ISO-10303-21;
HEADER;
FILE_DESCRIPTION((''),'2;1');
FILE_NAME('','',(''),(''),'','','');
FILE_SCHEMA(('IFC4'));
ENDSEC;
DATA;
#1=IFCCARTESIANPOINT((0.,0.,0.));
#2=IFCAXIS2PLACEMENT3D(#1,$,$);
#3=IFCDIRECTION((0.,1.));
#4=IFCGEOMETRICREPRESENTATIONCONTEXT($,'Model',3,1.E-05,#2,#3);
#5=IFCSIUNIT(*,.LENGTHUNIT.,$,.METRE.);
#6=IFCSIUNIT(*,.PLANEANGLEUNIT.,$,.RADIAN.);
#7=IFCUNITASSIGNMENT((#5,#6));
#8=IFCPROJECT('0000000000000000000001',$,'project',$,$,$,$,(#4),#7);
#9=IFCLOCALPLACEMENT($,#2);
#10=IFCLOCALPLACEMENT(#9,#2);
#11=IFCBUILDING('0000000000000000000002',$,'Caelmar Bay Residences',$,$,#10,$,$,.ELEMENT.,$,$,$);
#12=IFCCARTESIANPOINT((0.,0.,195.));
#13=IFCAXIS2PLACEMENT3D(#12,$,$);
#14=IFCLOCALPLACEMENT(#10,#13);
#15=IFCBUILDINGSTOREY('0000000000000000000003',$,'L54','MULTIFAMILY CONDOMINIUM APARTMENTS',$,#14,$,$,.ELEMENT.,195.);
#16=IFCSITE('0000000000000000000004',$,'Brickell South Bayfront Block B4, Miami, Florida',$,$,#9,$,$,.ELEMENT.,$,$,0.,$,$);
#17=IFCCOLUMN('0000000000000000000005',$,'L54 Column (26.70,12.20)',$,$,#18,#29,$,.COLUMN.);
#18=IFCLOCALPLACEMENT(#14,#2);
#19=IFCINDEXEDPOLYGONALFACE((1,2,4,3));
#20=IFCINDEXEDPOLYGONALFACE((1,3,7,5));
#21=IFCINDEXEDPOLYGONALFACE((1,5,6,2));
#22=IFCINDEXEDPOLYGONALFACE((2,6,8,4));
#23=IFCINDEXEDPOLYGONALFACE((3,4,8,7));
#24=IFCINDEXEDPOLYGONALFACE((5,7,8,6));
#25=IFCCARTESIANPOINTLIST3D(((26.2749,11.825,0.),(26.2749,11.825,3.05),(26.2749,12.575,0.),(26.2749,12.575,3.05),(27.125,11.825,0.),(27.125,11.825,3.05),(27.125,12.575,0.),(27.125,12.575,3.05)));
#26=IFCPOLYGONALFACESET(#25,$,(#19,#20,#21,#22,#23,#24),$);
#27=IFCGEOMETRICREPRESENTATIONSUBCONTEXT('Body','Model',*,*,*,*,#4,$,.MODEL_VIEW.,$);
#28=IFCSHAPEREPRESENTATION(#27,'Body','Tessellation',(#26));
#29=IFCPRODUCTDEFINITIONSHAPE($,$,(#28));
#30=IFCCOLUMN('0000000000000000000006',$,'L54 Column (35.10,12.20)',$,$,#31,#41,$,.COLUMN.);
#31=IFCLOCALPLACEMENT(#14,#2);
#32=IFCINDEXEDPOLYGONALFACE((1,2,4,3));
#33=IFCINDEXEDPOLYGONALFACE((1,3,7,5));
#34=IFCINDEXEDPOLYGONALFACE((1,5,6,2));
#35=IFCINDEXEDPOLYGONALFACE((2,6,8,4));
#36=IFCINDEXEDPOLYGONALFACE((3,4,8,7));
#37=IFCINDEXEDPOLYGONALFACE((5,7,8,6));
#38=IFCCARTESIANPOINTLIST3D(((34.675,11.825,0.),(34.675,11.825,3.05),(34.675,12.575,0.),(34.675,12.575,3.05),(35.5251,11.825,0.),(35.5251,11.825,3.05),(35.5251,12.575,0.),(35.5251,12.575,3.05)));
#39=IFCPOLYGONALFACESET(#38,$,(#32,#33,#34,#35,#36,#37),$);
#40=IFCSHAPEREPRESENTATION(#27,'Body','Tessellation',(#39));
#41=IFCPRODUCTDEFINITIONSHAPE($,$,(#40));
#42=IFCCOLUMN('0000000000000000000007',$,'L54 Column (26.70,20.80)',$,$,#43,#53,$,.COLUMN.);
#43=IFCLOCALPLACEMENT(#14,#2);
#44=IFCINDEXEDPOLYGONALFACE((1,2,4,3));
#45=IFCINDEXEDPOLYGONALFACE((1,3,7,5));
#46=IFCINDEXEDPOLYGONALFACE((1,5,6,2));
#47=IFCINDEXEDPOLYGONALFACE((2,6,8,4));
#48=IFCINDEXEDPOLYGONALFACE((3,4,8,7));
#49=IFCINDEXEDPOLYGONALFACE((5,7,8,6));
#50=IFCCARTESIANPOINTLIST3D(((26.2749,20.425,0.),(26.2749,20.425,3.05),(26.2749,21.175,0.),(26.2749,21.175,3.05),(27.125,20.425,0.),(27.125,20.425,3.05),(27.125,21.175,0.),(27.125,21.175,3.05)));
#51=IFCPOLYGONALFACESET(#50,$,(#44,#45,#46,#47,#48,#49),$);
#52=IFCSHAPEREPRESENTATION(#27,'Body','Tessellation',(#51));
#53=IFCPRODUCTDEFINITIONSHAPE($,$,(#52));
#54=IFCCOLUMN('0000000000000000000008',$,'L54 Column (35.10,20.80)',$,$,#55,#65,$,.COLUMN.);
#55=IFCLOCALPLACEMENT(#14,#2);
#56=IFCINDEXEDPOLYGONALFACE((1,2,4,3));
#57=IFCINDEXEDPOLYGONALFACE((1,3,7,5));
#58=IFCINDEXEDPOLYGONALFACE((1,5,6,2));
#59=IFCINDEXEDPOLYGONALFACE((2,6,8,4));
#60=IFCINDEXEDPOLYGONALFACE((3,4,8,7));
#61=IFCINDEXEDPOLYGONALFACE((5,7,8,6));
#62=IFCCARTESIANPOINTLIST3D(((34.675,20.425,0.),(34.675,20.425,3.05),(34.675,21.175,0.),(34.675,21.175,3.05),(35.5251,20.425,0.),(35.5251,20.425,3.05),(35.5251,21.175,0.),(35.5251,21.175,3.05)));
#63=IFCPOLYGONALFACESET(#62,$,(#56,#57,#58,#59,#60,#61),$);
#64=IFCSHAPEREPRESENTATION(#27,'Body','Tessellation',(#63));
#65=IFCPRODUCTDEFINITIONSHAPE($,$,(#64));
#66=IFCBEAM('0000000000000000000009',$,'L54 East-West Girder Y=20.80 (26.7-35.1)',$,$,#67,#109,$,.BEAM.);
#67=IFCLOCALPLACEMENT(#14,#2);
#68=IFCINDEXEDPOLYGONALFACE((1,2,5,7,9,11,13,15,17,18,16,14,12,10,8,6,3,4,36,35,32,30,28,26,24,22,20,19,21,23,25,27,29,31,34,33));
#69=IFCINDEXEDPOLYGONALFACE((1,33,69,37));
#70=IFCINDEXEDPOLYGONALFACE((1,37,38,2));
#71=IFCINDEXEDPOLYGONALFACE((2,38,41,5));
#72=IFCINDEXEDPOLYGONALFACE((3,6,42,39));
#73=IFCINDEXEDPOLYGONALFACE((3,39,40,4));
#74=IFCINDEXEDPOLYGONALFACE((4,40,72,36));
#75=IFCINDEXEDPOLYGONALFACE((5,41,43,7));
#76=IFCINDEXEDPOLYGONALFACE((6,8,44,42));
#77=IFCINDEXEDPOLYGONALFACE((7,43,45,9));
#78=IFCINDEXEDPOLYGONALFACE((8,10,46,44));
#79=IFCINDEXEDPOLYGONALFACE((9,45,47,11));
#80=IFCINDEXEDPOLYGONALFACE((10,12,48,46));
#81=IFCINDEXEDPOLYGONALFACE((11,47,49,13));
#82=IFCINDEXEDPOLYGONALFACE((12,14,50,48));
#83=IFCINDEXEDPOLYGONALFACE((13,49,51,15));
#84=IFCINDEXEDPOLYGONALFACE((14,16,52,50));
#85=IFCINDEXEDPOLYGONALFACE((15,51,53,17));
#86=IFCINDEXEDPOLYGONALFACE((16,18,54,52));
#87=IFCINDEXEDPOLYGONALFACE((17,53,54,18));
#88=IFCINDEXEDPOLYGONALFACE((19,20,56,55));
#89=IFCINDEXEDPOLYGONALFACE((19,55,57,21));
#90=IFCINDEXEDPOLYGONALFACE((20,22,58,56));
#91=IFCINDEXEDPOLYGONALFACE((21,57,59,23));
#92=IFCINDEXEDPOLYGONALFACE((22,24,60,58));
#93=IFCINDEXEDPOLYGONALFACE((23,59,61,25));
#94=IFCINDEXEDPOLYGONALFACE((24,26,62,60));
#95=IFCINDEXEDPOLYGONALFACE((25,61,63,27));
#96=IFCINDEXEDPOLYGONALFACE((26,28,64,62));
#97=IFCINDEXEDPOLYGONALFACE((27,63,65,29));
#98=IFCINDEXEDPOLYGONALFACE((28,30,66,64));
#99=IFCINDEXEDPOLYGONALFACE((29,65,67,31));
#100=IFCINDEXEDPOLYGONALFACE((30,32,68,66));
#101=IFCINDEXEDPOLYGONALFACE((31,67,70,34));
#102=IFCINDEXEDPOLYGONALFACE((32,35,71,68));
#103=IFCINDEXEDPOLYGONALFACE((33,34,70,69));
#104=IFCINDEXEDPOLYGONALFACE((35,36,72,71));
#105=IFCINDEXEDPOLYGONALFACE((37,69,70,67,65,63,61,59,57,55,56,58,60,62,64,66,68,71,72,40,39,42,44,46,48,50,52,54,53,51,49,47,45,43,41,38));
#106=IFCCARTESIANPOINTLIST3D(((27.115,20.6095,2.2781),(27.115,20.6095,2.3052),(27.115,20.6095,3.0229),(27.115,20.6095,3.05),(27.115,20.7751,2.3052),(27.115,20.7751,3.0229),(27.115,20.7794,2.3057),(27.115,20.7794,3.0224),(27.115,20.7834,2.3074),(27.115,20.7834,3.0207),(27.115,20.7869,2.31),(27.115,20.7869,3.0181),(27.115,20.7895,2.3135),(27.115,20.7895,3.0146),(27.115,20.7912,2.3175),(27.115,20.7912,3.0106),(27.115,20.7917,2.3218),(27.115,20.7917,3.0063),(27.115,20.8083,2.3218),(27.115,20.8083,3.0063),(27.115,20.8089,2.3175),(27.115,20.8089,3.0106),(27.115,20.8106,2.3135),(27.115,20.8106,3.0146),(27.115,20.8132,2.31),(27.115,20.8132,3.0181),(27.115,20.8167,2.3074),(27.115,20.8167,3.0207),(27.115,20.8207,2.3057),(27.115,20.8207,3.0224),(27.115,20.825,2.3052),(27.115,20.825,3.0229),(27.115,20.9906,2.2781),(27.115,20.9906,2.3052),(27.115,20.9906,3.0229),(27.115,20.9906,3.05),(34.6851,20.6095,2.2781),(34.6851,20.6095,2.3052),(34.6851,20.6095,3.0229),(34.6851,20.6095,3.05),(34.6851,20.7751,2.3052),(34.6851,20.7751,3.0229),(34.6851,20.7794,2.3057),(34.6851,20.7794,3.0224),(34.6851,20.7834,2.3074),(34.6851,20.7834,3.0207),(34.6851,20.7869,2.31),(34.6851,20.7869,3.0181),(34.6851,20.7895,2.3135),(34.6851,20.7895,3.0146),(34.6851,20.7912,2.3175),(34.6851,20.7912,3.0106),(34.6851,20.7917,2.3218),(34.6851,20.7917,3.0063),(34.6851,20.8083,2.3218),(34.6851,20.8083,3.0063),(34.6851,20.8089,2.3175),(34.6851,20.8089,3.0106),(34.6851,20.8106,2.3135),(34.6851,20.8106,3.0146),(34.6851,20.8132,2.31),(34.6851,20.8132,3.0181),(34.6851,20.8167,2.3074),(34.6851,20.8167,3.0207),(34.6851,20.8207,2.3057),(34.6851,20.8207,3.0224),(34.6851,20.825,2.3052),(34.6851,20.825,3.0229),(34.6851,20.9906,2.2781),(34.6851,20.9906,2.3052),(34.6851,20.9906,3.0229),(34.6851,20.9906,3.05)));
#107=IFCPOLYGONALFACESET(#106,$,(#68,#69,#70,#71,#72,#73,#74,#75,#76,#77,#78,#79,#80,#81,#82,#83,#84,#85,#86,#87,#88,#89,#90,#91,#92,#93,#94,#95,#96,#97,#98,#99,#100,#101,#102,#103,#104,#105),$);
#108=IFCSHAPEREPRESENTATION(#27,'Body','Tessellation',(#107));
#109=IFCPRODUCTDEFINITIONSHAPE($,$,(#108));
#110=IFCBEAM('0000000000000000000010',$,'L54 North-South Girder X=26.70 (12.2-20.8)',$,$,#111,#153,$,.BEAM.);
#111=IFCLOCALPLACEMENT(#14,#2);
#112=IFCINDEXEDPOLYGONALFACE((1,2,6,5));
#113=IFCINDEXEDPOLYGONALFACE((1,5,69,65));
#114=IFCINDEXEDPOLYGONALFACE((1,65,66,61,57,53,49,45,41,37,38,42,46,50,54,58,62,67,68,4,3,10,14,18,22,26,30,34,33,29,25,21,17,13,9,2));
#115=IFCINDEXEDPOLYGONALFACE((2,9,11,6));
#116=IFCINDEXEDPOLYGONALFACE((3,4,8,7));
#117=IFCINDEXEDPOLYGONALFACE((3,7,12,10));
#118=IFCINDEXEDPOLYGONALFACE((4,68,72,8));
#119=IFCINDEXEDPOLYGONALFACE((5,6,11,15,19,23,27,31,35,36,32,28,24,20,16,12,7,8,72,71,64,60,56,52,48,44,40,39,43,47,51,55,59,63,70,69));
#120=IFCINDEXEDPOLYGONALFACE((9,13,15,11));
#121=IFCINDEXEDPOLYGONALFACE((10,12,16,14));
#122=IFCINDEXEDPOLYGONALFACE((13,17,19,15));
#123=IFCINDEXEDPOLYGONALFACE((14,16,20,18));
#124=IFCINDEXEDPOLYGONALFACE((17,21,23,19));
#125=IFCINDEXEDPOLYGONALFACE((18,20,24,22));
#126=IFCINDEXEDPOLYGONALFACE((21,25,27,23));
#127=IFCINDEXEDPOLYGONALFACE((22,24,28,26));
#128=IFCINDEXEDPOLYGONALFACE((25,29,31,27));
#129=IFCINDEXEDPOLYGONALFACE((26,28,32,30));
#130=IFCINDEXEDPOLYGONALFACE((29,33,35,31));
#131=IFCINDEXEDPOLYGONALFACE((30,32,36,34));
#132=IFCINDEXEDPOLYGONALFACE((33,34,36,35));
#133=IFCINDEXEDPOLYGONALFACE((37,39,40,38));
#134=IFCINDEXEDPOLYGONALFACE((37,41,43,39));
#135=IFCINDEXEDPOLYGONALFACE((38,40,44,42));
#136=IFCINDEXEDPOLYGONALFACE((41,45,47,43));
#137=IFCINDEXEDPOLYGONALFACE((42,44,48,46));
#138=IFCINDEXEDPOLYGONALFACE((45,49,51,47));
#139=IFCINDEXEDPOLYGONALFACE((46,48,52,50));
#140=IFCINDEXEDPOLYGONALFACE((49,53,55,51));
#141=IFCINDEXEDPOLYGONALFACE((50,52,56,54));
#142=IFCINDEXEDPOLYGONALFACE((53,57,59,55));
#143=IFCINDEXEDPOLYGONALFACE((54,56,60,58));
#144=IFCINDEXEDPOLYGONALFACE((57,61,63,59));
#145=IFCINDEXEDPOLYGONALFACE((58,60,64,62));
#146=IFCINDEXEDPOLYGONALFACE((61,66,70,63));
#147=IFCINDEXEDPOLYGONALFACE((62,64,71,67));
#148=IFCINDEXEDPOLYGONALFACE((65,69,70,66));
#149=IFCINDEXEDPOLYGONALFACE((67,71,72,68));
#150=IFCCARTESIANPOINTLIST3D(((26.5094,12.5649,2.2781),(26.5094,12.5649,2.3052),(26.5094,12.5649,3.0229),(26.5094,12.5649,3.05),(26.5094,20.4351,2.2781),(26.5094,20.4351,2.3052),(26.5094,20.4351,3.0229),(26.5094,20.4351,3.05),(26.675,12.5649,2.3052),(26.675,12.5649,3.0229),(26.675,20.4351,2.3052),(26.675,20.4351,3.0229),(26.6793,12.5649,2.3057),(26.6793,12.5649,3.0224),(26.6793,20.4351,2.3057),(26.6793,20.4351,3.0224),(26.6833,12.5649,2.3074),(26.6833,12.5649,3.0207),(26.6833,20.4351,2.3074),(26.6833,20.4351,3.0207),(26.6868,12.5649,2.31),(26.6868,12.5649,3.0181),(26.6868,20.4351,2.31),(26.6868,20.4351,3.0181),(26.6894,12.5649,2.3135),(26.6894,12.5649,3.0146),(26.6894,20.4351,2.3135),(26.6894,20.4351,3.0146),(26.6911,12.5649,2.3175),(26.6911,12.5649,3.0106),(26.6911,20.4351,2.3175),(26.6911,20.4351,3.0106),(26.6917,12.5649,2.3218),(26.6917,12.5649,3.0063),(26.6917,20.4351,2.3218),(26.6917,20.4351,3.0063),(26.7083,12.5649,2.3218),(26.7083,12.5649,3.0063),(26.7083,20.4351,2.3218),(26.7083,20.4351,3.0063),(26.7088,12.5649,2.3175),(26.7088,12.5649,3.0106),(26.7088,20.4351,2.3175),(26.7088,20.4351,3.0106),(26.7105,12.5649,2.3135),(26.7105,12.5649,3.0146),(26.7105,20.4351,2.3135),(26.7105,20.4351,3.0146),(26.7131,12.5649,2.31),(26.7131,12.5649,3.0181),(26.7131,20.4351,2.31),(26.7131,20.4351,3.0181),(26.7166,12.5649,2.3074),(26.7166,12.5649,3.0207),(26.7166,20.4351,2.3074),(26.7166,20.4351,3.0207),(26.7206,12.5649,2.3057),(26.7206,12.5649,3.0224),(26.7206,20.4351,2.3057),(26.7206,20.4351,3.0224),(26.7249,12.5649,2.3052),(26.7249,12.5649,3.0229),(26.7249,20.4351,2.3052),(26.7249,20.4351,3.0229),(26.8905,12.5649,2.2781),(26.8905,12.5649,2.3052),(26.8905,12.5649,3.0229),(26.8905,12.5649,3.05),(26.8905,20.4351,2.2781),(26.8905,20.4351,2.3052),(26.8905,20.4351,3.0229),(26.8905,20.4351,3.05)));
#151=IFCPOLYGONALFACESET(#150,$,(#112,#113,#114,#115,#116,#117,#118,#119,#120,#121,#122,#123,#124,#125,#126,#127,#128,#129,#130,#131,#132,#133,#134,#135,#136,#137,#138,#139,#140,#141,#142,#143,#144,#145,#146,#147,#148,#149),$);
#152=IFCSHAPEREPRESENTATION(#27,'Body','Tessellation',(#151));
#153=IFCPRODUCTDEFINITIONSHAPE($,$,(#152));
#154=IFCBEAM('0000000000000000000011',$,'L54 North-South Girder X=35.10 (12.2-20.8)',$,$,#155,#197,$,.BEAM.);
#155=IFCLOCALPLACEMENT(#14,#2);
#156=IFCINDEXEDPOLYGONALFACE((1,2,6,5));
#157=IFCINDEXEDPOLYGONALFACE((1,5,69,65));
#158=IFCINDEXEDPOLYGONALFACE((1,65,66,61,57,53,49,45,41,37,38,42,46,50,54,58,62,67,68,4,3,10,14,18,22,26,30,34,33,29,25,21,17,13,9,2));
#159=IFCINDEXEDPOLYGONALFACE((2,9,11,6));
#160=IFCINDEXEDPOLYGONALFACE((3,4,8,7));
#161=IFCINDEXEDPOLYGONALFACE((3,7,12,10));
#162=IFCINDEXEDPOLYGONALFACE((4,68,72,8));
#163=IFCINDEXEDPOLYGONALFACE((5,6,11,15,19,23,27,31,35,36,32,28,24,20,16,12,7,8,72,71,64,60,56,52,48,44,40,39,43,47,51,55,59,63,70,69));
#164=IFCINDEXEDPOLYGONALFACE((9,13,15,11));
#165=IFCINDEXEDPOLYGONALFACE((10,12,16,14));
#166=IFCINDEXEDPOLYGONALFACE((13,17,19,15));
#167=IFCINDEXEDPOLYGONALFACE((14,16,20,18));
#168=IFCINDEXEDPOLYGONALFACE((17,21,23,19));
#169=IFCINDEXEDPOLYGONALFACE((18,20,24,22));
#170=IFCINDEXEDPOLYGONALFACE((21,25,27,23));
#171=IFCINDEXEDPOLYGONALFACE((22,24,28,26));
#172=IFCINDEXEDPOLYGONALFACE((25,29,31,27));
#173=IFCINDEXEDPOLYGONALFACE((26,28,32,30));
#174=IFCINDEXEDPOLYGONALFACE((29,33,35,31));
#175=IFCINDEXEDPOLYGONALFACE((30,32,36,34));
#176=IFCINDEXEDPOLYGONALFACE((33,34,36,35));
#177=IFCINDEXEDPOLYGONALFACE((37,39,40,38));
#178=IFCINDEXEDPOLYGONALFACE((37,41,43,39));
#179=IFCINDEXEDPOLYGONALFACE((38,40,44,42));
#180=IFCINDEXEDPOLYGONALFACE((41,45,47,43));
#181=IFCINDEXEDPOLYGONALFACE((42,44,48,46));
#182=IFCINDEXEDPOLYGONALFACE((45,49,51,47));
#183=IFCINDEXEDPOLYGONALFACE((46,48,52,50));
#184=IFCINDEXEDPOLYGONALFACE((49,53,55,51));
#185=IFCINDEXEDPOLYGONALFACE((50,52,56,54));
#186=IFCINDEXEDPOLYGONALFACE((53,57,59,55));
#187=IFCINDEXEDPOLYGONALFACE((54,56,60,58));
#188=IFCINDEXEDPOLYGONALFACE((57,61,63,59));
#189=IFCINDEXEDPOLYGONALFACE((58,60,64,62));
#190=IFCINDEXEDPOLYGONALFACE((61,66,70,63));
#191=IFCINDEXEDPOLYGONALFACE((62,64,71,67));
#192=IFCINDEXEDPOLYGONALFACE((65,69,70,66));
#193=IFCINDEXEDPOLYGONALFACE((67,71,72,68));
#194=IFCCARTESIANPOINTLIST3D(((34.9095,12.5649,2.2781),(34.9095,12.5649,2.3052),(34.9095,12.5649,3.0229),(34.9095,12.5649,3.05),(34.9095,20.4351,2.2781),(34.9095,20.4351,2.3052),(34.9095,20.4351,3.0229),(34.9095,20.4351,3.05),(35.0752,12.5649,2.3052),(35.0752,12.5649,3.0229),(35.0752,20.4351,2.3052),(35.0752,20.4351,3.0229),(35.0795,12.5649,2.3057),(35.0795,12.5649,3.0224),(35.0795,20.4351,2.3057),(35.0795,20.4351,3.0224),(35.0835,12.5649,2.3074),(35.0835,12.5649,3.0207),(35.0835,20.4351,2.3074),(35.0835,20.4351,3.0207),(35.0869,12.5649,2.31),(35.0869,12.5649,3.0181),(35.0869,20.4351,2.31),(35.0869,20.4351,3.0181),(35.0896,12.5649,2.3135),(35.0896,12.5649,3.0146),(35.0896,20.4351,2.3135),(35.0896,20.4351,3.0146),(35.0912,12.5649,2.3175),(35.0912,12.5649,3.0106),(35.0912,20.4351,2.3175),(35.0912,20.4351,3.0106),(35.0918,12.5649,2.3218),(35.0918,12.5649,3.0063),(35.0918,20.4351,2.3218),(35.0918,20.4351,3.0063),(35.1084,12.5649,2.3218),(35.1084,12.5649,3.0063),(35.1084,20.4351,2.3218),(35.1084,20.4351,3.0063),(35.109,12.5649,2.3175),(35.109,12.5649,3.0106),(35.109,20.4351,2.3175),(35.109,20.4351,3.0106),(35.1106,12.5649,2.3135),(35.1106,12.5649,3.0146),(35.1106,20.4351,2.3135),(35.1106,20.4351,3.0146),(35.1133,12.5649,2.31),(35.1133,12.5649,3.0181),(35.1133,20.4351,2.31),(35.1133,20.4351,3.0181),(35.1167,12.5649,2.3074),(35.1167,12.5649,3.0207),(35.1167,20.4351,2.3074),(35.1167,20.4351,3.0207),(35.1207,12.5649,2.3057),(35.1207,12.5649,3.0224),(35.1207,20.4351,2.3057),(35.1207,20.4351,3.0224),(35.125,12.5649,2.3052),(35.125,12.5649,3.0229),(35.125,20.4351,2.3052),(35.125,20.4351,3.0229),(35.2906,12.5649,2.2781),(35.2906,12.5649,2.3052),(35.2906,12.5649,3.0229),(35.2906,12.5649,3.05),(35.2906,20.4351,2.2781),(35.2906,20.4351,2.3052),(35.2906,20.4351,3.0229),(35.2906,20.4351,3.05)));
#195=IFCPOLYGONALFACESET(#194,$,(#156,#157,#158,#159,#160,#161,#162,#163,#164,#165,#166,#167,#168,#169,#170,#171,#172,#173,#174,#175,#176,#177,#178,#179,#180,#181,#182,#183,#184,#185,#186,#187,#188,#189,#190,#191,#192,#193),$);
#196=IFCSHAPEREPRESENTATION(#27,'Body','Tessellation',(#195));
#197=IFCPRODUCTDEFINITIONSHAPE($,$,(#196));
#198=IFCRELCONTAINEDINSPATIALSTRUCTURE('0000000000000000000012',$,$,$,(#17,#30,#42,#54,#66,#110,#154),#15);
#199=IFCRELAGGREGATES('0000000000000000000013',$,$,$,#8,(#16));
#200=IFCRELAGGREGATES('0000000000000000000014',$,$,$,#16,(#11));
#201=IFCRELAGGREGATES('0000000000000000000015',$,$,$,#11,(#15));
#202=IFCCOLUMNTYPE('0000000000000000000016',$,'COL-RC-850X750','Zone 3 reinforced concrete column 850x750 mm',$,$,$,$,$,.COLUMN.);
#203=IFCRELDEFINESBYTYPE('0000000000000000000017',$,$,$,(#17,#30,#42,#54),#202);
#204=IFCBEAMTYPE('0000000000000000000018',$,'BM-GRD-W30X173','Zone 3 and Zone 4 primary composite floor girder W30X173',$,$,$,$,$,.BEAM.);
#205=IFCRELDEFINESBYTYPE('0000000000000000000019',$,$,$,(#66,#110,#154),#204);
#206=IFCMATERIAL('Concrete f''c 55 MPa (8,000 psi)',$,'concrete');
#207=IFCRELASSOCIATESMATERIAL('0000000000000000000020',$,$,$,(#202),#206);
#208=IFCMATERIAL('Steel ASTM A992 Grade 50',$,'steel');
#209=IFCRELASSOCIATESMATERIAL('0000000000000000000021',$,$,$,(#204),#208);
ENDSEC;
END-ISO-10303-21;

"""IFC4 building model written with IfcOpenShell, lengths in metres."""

from ifc_helpers import new_model, si_unit, direction, frame, origin, origin_2d, place, context, subcontext, project, spatial, rectangle, i_section, extrude, material, material_profile, profile_set, type_object, element, save


model = new_model("IFC4")

# Units and contexts
model_context = context("Model", 3, precision=1e-05, world=origin(), true_north=direction((0.0, 1.0)))
body_context = subcontext(model_context, "Body", "Model", "MODEL_VIEW")
ifc_project = project(units=[si_unit("LENGTHUNIT", "METRE"), si_unit("PLANEANGLEUNIT", "RADIAN")], contexts=[model_context])

# Site, building, storey
site_placement = place(None, origin())
site = spatial("IfcSite", under=ifc_project, at=site_placement, Name="Brickell South Bayfront Block B4, Miami, Florida", CompositionType="ELEMENT", RefElevation=0.0)
building_placement = place(site_placement, origin())
building = spatial("IfcBuilding", under=site, at=building_placement, Name="Caelmar Bay Residences", CompositionType="ELEMENT")
storey_placement = place(building_placement, frame((0.0, 0.0, 195.0)))
storey = spatial("IfcBuildingStorey", under=building, at=storey_placement, Name="L54", Description="MULTIFAMILY CONDOMINIUM APARTMENTS", CompositionType="ELEMENT", Elevation=195.0)

# Columns
ifc_material_1 = material(Name="Concrete f'c 55 MPa (8,000 psi)", Category="concrete")
ifc_material_profile_1 = material_profile(ifc_material_1, rectangle(XDim=0.8501, YDim=0.75, at=origin_2d()), Name="RC-COL-850X750")
ifc_profile_set_1 = profile_set([ifc_material_profile_1], Name="Concrete f'c 55 MPa (8,000 psi)")
column_type = type_object("IfcColumnType", Name="COL-RC-850X750", Description="Zone 3 reinforced concrete column 850x750 mm", PredefinedType="COLUMN", material=ifc_profile_set_1)
for number, where, z_axis, x_axis, name in (
    (1, (26.7, 12.2, 0.0), (0.0, 0.0, 1.0), (1.0, 0.0, 0.0), "L54 Column (26.70,12.20)"),
    (2, (35.1001, 12.2, 0.0), (0.0, 0.0, 1.0), (1.0, 0.0, 0.0), "L54 Column (35.10,12.20)"),
    (3, (26.7, 20.8, 0.0), (0.0, 0.0, 1.0), (1.0, 0.0, 0.0), "L54 Column (26.70,20.80)"),
    (4, (35.1001, 20.8, 0.0), (0.0, 0.0, 1.0), (1.0, 0.0, 0.0), "L54 Column (35.10,20.80)"),
):
    element("IfcColumn", number, at=place(storey_placement, frame(where, z_axis=z_axis, x_axis=x_axis)), inside=storey, type_object=column_type, Name=name, PredefinedType="COLUMN", context=body_context, shape_type="SweptSolid", body=[
        extrude(rectangle(XDim=0.8501, YDim=0.75, at=origin_2d()), origin(), (0.0, 0.0, 1.0), 3.05),
    ])

# Beams
ifc_material_2 = material(Name="Steel ASTM A992 Grade 50", Category="steel")
ifc_material_profile_2 = material_profile(ifc_material_2, i_section(OverallWidth=0.3811, OverallDepth=0.772, WebThickness=0.0166, FlangeThickness=0.0271, FilletRadius=0.0166, at=origin_2d()), Name="W30X173")
ifc_profile_set_2 = profile_set([ifc_material_profile_2], Name="Steel ASTM A992 Grade 50")
beam_type_1 = type_object("IfcBeamType", Name="BM-GRD-W30X173", Description="Zone 3 and Zone 4 primary composite floor girder W30X173", PredefinedType="BEAM", material=ifc_profile_set_2)
beam_1_placement = place(storey_placement, frame((27.115, 20.8, 2.6641), z_axis=(1.0, 0.0, 0.0), x_axis=(0.0, 1.0, 0.0)))
element("IfcBeam", 5, at=beam_1_placement, inside=storey, type_object=beam_type_1, Name="L54 East-West Girder Y=20.80 (26.7-35.1)", PredefinedType="BEAM", context=body_context, shape_type="SweptSolid", body=[
    extrude(i_section(OverallWidth=0.3811, OverallDepth=0.772, WebThickness=0.0166, FlangeThickness=0.0271, FilletRadius=0.0166, at=origin_2d()), origin(), (0.0, 0.0, 1.0), 7.5701),
])
for number, where, z_axis, x_axis, name in (
    (6, (26.7, 12.5649, 2.6641), (0.0, 1.0, 0.0), (-1.0, 0.0, 0.0), "L54 North-South Girder X=26.70 (12.2-20.8)"),
    (7, (35.1001, 12.5649, 2.6641), (0.0, 1.0, 0.0), (-1.0, 0.0, 0.0), "L54 North-South Girder X=35.10 (12.2-20.8)"),
):
    element("IfcBeam", number, at=place(storey_placement, frame(where, z_axis=z_axis, x_axis=x_axis)), inside=storey, type_object=beam_type_1, Name=name, PredefinedType="BEAM", context=body_context, shape_type="SweptSolid", body=[
        extrude(i_section(OverallWidth=0.3811, OverallDepth=0.772, WebThickness=0.0166, FlangeThickness=0.0271, FilletRadius=0.0166, at=origin_2d()), origin(), (0.0, 0.0, 1.0), 7.8701),
    ])

save(model, "model.ifc")
